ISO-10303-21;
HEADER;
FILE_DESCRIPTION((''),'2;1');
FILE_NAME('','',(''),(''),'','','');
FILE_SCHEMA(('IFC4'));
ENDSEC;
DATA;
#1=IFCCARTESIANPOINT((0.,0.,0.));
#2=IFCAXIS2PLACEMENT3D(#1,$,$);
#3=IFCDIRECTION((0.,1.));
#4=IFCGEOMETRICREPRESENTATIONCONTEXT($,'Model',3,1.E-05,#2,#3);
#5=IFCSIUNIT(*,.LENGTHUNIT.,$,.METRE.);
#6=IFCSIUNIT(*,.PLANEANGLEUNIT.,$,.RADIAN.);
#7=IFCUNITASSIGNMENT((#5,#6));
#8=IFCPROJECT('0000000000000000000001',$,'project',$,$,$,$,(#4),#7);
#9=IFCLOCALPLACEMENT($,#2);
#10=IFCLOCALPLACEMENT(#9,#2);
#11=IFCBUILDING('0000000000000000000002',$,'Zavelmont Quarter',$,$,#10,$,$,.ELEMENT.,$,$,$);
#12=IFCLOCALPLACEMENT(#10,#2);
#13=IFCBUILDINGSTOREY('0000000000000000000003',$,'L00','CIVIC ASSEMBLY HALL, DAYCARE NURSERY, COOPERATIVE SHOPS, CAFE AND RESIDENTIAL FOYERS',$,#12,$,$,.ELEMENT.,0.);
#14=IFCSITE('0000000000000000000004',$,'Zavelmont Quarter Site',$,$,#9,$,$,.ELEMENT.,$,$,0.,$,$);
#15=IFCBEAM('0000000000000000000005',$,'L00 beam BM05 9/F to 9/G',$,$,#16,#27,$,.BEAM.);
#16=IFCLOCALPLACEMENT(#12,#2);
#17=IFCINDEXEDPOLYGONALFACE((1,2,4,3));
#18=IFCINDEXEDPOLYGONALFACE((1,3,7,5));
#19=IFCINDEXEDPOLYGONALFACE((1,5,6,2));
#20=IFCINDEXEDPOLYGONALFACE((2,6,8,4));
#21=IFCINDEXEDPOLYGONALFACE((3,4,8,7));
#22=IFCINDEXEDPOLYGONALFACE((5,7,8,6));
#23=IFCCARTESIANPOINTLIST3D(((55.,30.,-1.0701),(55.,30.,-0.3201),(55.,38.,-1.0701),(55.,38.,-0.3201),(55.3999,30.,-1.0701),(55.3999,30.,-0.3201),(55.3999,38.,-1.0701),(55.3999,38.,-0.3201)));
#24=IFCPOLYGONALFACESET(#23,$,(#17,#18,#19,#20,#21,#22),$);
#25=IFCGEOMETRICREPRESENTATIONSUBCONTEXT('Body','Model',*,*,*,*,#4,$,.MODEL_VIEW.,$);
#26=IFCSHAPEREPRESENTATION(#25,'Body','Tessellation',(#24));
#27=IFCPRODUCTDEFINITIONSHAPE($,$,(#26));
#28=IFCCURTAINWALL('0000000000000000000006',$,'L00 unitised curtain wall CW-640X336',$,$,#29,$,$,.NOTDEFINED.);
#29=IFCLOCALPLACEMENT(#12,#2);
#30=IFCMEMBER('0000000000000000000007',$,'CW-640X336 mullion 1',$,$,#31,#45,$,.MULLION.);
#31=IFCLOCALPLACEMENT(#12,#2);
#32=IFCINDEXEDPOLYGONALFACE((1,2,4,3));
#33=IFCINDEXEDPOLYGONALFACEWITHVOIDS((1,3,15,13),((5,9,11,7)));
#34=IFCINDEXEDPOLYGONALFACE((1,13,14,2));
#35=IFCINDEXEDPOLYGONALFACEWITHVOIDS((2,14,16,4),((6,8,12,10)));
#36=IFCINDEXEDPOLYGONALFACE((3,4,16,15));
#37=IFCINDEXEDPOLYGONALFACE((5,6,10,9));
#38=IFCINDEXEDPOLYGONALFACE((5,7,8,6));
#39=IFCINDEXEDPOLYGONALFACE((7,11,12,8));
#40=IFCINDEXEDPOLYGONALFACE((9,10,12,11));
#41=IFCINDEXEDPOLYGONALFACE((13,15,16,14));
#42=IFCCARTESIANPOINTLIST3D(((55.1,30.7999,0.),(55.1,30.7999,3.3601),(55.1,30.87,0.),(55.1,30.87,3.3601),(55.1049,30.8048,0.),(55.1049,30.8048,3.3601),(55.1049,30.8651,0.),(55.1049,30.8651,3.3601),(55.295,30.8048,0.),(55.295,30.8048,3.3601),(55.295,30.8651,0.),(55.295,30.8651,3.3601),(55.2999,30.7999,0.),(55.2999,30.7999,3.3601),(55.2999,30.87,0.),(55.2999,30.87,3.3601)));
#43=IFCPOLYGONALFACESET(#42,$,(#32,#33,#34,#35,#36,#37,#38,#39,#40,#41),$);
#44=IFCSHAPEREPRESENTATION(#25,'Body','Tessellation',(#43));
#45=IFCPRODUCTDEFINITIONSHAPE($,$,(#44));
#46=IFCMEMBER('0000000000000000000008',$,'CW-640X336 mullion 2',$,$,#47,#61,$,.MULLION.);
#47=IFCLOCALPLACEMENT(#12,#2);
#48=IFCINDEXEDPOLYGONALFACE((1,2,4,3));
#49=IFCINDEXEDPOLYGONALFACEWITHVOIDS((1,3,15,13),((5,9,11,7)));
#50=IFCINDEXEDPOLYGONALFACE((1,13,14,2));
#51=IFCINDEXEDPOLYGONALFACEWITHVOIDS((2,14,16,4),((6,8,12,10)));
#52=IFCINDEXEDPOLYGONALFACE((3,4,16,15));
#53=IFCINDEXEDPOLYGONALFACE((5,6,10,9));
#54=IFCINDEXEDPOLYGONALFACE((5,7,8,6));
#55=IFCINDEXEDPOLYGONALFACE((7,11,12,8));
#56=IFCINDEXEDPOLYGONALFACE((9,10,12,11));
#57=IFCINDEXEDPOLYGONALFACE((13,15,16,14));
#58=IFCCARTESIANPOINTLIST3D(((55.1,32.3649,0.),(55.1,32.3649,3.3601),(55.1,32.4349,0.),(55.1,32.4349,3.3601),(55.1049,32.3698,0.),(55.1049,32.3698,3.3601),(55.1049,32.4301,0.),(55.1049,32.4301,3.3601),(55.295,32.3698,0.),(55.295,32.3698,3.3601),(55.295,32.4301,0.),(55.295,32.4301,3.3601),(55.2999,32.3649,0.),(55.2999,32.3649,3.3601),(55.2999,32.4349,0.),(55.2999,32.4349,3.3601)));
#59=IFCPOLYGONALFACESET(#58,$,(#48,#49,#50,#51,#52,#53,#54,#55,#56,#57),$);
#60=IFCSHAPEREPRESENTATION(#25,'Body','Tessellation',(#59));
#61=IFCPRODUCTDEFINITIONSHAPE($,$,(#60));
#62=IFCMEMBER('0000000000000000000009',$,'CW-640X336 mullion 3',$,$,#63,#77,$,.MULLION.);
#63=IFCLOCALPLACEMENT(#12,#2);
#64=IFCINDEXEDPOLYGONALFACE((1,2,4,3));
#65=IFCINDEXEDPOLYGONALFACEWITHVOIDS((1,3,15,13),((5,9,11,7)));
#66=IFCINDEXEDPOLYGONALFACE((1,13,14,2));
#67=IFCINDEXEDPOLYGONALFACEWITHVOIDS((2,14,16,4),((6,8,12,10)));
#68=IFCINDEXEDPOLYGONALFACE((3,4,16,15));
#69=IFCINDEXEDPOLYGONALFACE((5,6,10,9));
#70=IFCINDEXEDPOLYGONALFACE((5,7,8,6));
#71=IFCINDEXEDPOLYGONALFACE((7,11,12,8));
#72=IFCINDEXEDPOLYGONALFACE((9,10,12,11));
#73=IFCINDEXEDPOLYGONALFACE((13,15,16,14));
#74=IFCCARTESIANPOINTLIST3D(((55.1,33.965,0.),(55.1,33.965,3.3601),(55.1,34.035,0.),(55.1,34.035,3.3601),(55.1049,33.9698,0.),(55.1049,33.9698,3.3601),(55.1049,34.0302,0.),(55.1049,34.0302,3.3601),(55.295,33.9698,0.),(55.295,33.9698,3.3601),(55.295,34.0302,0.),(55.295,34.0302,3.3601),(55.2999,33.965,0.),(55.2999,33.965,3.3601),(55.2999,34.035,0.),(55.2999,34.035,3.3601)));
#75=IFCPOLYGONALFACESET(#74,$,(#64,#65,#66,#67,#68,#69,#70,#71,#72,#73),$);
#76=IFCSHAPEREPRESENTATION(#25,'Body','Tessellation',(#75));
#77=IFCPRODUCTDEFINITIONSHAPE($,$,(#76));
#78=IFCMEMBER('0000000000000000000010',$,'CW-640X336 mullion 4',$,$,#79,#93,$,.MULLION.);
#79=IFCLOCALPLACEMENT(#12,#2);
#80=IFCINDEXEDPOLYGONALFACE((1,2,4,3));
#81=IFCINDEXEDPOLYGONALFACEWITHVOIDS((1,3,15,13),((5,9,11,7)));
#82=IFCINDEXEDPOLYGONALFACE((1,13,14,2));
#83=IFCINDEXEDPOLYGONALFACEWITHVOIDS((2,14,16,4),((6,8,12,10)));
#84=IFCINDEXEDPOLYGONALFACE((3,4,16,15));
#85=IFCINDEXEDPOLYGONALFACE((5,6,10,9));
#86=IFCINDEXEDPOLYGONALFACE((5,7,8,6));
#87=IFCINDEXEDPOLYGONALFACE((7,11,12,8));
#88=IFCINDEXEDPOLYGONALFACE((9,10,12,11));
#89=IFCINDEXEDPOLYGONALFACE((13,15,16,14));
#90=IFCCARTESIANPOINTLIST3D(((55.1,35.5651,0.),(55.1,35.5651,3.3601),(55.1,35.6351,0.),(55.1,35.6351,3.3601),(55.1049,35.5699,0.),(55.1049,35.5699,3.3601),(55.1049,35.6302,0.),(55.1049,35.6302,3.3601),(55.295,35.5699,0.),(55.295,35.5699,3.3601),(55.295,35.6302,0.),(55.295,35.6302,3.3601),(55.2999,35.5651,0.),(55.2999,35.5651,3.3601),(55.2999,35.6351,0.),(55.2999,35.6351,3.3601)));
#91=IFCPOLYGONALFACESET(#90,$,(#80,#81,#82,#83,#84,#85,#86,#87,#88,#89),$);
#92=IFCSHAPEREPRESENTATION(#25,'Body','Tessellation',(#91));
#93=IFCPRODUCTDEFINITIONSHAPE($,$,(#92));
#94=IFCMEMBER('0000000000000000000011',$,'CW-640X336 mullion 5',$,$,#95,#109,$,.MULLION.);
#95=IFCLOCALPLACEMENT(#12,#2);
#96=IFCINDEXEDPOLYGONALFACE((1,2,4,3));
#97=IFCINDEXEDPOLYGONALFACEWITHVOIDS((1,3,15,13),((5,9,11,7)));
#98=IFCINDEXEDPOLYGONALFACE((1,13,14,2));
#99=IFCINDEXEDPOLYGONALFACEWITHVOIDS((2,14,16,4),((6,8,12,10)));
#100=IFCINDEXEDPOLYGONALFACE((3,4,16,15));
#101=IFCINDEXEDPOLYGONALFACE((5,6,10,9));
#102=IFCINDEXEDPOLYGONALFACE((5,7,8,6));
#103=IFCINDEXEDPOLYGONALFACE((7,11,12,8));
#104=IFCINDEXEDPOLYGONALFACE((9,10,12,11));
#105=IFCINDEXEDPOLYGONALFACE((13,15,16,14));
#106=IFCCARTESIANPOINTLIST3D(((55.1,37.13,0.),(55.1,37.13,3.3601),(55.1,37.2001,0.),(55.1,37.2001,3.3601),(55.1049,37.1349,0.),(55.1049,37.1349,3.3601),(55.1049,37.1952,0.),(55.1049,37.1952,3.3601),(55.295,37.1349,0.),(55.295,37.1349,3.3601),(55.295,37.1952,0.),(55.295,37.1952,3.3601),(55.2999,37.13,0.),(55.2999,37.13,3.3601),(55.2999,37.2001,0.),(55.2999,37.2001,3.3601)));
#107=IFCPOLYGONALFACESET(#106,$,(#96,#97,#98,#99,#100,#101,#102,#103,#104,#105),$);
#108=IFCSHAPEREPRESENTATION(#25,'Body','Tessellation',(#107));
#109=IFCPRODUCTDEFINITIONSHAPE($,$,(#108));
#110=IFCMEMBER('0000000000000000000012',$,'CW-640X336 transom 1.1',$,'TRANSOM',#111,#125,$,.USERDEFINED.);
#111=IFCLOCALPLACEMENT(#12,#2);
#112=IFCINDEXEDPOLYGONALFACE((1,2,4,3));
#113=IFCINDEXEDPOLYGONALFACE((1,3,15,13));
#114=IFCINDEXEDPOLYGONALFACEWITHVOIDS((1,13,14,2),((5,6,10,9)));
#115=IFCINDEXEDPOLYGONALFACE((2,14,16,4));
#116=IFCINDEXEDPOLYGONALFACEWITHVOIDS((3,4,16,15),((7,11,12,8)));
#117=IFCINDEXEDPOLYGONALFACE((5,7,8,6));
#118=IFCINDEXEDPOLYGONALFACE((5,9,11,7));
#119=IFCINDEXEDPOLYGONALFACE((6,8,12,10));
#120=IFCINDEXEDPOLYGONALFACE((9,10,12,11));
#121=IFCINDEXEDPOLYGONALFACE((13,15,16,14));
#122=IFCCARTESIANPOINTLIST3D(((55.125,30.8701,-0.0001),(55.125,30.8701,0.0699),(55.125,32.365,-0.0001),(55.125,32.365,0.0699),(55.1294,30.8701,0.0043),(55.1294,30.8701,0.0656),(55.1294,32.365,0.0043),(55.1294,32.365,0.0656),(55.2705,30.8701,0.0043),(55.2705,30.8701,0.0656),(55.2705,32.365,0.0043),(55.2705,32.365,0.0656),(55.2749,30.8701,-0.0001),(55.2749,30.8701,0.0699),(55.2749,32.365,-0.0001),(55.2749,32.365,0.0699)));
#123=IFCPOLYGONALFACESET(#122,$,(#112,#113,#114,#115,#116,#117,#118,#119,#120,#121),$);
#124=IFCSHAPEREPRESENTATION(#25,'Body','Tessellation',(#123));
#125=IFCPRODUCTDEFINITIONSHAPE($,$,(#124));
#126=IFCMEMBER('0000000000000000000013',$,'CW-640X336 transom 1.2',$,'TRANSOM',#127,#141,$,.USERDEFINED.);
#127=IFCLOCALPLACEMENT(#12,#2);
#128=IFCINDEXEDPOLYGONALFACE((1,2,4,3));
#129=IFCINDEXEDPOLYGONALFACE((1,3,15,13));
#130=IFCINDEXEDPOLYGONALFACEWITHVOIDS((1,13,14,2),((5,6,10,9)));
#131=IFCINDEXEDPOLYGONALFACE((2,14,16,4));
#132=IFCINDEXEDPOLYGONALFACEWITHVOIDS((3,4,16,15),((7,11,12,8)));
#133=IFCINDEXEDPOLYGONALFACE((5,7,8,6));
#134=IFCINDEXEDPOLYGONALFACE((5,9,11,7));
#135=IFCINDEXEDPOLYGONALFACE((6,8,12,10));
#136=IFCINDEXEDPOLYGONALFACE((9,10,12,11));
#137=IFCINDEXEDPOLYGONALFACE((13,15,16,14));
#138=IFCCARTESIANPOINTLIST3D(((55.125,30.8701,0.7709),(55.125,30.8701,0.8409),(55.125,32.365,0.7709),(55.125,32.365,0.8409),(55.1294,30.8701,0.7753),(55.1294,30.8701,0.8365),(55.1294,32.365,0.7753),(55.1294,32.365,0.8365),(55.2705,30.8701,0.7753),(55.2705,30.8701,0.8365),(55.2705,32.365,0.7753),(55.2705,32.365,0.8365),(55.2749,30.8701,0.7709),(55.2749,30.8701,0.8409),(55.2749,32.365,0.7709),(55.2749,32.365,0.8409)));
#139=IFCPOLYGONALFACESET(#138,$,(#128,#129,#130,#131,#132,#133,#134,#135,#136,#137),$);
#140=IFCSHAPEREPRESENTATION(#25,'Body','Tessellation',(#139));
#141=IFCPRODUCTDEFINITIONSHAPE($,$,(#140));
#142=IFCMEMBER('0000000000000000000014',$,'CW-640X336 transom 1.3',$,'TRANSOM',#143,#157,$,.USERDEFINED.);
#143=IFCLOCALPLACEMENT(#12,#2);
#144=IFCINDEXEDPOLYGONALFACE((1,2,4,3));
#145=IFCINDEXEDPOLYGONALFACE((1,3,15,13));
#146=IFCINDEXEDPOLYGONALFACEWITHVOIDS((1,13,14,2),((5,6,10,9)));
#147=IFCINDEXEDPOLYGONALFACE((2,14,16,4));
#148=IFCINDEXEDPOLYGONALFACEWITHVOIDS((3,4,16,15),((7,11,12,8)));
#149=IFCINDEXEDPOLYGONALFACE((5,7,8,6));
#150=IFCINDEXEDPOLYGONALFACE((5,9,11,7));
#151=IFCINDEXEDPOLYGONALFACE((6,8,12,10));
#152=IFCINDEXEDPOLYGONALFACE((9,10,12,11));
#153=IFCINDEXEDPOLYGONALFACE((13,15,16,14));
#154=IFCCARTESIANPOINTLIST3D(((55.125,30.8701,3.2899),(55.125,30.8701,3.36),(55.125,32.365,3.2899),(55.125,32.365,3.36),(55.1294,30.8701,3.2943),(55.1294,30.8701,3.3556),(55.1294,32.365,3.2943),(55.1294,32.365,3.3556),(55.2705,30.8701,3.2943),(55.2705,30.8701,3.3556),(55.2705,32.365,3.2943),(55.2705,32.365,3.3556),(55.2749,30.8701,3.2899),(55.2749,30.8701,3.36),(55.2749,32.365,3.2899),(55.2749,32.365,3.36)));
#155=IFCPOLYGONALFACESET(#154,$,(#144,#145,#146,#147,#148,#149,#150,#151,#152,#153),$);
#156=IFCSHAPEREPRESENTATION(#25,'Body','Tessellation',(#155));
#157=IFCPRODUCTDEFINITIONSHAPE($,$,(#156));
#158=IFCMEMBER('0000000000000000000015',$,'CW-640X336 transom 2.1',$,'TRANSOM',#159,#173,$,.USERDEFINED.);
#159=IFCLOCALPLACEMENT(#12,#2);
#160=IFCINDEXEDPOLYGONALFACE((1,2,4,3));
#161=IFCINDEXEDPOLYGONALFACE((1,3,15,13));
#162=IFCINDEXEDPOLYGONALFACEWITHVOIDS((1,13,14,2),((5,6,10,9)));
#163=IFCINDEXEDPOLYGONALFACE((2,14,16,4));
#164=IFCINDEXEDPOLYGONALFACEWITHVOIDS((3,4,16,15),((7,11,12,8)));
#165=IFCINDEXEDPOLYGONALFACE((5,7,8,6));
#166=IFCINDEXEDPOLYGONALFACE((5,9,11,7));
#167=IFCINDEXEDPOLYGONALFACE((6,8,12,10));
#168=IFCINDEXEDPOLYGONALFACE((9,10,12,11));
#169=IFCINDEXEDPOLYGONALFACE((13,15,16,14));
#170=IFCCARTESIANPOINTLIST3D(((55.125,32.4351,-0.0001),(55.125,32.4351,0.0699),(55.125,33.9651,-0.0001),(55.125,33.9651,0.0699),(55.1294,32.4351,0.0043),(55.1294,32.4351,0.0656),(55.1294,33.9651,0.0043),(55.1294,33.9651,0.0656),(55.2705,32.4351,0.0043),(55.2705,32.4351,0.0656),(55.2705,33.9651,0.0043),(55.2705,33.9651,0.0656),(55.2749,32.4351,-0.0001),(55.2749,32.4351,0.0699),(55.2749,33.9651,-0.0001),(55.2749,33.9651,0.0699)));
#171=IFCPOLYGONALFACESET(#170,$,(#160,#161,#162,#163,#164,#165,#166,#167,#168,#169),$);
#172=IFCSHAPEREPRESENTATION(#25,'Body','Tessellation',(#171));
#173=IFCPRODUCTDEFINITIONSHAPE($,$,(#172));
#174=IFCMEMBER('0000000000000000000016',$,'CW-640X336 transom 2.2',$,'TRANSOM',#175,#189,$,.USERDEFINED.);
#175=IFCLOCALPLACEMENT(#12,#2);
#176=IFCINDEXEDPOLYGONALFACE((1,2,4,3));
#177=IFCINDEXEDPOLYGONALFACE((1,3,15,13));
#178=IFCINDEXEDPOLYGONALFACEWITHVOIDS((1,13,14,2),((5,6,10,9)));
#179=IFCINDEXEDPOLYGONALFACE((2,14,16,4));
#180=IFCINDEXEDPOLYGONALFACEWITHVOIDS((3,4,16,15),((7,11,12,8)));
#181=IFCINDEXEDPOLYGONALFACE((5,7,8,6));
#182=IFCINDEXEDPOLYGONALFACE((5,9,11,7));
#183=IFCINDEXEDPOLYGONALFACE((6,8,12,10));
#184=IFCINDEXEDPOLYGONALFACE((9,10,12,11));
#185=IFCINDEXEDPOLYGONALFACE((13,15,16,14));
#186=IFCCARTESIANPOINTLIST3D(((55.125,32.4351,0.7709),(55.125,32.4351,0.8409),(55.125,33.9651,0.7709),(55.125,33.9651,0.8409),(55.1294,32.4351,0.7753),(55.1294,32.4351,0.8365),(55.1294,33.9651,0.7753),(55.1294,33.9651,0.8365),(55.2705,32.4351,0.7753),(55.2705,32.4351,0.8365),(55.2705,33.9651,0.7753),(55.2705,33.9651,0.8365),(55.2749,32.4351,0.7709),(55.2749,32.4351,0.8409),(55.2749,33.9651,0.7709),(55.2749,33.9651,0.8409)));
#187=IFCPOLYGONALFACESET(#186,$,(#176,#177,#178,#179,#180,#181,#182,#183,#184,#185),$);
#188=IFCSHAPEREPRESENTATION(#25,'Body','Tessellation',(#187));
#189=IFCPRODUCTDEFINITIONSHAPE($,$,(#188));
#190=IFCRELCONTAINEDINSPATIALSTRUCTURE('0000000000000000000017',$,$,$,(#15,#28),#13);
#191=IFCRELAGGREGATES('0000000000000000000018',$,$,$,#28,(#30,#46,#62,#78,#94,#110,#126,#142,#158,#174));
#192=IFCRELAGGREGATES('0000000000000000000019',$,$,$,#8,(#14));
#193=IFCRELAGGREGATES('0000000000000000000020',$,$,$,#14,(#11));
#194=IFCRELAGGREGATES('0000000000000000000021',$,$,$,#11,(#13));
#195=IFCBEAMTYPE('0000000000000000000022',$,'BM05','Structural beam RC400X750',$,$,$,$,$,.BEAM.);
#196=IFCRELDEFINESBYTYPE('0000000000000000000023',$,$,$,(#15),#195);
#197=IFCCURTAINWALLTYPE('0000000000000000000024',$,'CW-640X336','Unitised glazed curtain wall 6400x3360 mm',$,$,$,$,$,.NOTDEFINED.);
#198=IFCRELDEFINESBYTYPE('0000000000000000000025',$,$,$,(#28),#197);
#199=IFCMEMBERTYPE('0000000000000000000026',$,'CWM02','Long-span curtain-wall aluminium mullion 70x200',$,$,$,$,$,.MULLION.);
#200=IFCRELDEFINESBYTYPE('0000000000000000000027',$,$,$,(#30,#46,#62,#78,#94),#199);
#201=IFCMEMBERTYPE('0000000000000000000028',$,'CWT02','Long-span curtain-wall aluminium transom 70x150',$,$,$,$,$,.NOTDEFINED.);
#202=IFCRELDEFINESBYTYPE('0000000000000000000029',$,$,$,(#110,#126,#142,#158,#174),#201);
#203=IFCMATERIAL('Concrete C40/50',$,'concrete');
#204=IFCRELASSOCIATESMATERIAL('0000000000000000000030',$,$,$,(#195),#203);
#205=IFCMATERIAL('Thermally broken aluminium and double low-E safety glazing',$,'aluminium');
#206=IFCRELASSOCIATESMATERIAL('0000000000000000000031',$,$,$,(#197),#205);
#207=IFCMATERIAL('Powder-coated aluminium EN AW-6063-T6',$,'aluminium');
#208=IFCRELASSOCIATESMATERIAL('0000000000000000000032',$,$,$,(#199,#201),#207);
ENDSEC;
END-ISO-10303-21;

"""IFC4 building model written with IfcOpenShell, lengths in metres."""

from ifc_helpers import new_model, si_unit, direction, frame, origin, origin_2d, place, context, subcontext, project, spatial, rectangle, hollow_rectangle, extrude, material, material_profile, profile_set, type_object, element, aggregate, save


model = new_model("IFC4")

# Units and contexts
model_context = context("Model", 3, precision=1e-05, world=origin(), true_north=direction((0.0, 1.0)))
body_context = subcontext(model_context, "Body", "Model", "MODEL_VIEW")
ifc_project = project(units=[si_unit("LENGTHUNIT", "METRE"), si_unit("PLANEANGLEUNIT", "RADIAN")], contexts=[model_context])

# Site, building, storey
site_placement = place(None, origin())
site = spatial("IfcSite", under=ifc_project, at=site_placement, Name="Zavelmont Quarter Site", CompositionType="ELEMENT", RefElevation=0.0)
building_placement = place(site_placement, origin())
building = spatial("IfcBuilding", under=site, at=building_placement, Name="Zavelmont Quarter", CompositionType="ELEMENT")
storey_placement = place(building_placement, origin())
storey = spatial("IfcBuildingStorey", under=building, at=storey_placement, Name="L00", Description="CIVIC ASSEMBLY HALL, DAYCARE NURSERY, COOPERATIVE SHOPS, CAFE AND RESIDENTIAL FOYERS", CompositionType="ELEMENT", Elevation=0.0)

# Beam
ifc_material_1 = material(Name="Concrete C40/50", Category="concrete")
ifc_material_profile_1 = material_profile(ifc_material_1, rectangle(XDim=0.3999, YDim=0.75, at=origin_2d()), Name="RC400X750")
ifc_profile_set_1 = profile_set([ifc_material_profile_1], Name="Concrete C40/50")
beam_type = type_object("IfcBeamType", Name="BM05", Description="Structural beam RC400X750", PredefinedType="BEAM", material=ifc_profile_set_1)
beam_placement = place(storey_placement, frame((55.2, 30.0, -0.6951), z_axis=(0.0, 1.0, 0.0), x_axis=(-1.0, 0.0, 0.0)))
element("IfcBeam", 1, at=beam_placement, inside=storey, type_object=beam_type, Name="L00 beam BM05 9/F to 9/G", PredefinedType="BEAM", context=body_context, shape_type="SweptSolid", body=[
    extrude(rectangle(XDim=0.3999, YDim=0.75, at=origin_2d()), origin(), (0.0, 0.0, 1.0), 8.0),
])

# Curtain wall, members
ifc_material_2 = material(Name="Thermally broken aluminium and double low-E safety glazing", Category="aluminium")
curtain_wall_type = type_object("IfcCurtainWallType", Name="CW-640X336", Description="Unitised glazed curtain wall 6400x3360 mm", PredefinedType="NOTDEFINED", material=ifc_material_2)
curtain_wall_placement = place(storey_placement, origin())
curtain_wall = element("IfcCurtainWall", 2, at=curtain_wall_placement, inside=storey, type_object=curtain_wall_type, Name="L00 unitised curtain wall CW-640X336", PredefinedType="NOTDEFINED")
ifc_material_3 = material(Name="Powder-coated aluminium EN AW-6063-T6", Category="aluminium")
ifc_material_profile_2 = material_profile(ifc_material_3, hollow_rectangle(XDim=0.0701, YDim=0.2, WallThickness=0.0049, at=origin_2d()), Name="CWM70X200")
ifc_profile_set_2 = profile_set([ifc_material_profile_2], Name="Powder-coated aluminium EN AW-6063-T6")
member_type_1 = type_object("IfcMemberType", Name="CWM02", Description="Long-span curtain-wall aluminium mullion 70x200", PredefinedType="MULLION", material=ifc_profile_set_2)
member_1_placement = place(storey_placement, frame((55.2, 30.835, 0.0), z_axis=(0.0, 0.0, 1.0), x_axis=(0.0, 1.0, 0.0)))
member_1 = element("IfcMember", 3, at=member_1_placement, type_object=member_type_1, Name="CW-640X336 mullion 1", PredefinedType="MULLION", context=body_context, shape_type="SweptSolid", body=[
    extrude(hollow_rectangle(XDim=0.0701, YDim=0.2, WallThickness=0.0049, at=origin_2d()), origin(), (0.0, 0.0, 1.0), 3.3601),
])
member_2_placement = place(storey_placement, frame((55.2, 32.3999, 0.0), z_axis=(0.0, 0.0, 1.0), x_axis=(0.0, 1.0, 0.0)))
member_2 = element("IfcMember", 4, at=member_2_placement, type_object=member_type_1, Name="CW-640X336 mullion 2", PredefinedType="MULLION", context=body_context, shape_type="SweptSolid", body=[
    extrude(hollow_rectangle(XDim=0.0701, YDim=0.2, WallThickness=0.0049, at=origin_2d()), origin(), (0.0, 0.0, 1.0), 3.3601),
])
member_3_placement = place(storey_placement, frame((55.2, 34.0, 0.0), z_axis=(0.0, 0.0, 1.0), x_axis=(0.0, 1.0, 0.0)))
member_3 = element("IfcMember", 5, at=member_3_placement, type_object=member_type_1, Name="CW-640X336 mullion 3", PredefinedType="MULLION", context=body_context, shape_type="SweptSolid", body=[
    extrude(hollow_rectangle(XDim=0.0701, YDim=0.2, WallThickness=0.0049, at=origin_2d()), origin(), (0.0, 0.0, 1.0), 3.3601),
])
member_4_placement = place(storey_placement, frame((55.2, 35.6001, 0.0), z_axis=(0.0, 0.0, 1.0), x_axis=(0.0, 1.0, 0.0)))
member_4 = element("IfcMember", 6, at=member_4_placement, type_object=member_type_1, Name="CW-640X336 mullion 4", PredefinedType="MULLION", context=body_context, shape_type="SweptSolid", body=[
    extrude(hollow_rectangle(XDim=0.0701, YDim=0.2, WallThickness=0.0049, at=origin_2d()), origin(), (0.0, 0.0, 1.0), 3.3601),
])
member_5_placement = place(storey_placement, frame((55.2, 37.165, 0.0), z_axis=(0.0, 0.0, 1.0), x_axis=(0.0, 1.0, 0.0)))
member_5 = element("IfcMember", 7, at=member_5_placement, type_object=member_type_1, Name="CW-640X336 mullion 5", PredefinedType="MULLION", context=body_context, shape_type="SweptSolid", body=[
    extrude(hollow_rectangle(XDim=0.0701, YDim=0.2, WallThickness=0.0049, at=origin_2d()), origin(), (0.0, 0.0, 1.0), 3.3601),
])
ifc_material_profile_3 = material_profile(ifc_material_3, hollow_rectangle(XDim=0.1499, YDim=0.0701, WallThickness=0.0044, at=origin_2d()), Name="CWT70X150")
ifc_profile_set_3 = profile_set([ifc_material_profile_3], Name="Powder-coated aluminium EN AW-6063-T6")
member_type_2 = type_object("IfcMemberType", Name="CWT02", Description="Long-span curtain-wall aluminium transom 70x150", PredefinedType="NOTDEFINED", material=ifc_profile_set_3)
member_6_placement = place(storey_placement, frame((55.2, 30.8701, 0.0349), z_axis=(0.0, 1.0, 0.0), x_axis=(-1.0, 0.0, 0.0)))
member_6 = element("IfcMember", 8, at=member_6_placement, type_object=member_type_2, Name="CW-640X336 transom 1.1", ObjectType="TRANSOM", PredefinedType="USERDEFINED", context=body_context, shape_type="SweptSolid", body=[
    extrude(hollow_rectangle(XDim=0.1499, YDim=0.0701, WallThickness=0.0044, at=origin_2d()), origin(), (0.0, 0.0, 1.0), 1.4949),
])
member_7_placement = place(storey_placement, frame((55.2, 30.8701, 0.8059), z_axis=(0.0, 1.0, 0.0), x_axis=(-1.0, 0.0, 0.0)))
member_7 = element("IfcMember", 9, at=member_7_placement, type_object=member_type_2, Name="CW-640X336 transom 1.2", ObjectType="TRANSOM", PredefinedType="USERDEFINED", context=body_context, shape_type="SweptSolid", body=[
    extrude(hollow_rectangle(XDim=0.1499, YDim=0.0701, WallThickness=0.0044, at=origin_2d()), origin(), (0.0, 0.0, 1.0), 1.4949),
])
member_8_placement = place(storey_placement, frame((55.2, 30.8701, 3.325), z_axis=(0.0, 1.0, 0.0), x_axis=(-1.0, 0.0, 0.0)))
member_8 = element("IfcMember", 10, at=member_8_placement, type_object=member_type_2, Name="CW-640X336 transom 1.3", ObjectType="TRANSOM", PredefinedType="USERDEFINED", context=body_context, shape_type="SweptSolid", body=[
    extrude(hollow_rectangle(XDim=0.1499, YDim=0.0701, WallThickness=0.0044, at=origin_2d()), origin(), (0.0, 0.0, 1.0), 1.4949),
])
member_9_placement = place(storey_placement, frame((55.2, 32.4351, 0.0349), z_axis=(0.0, 1.0, 0.0), x_axis=(-1.0, 0.0, 0.0)))
member_9 = element("IfcMember", 11, at=member_9_placement, type_object=member_type_2, Name="CW-640X336 transom 2.1", ObjectType="TRANSOM", PredefinedType="USERDEFINED", context=body_context, shape_type="SweptSolid", body=[
    extrude(hollow_rectangle(XDim=0.1499, YDim=0.0701, WallThickness=0.0044, at=origin_2d()), origin(), (0.0, 0.0, 1.0), 1.53),
])
member_10_placement = place(storey_placement, frame((55.2, 32.4351, 0.8059), z_axis=(0.0, 1.0, 0.0), x_axis=(-1.0, 0.0, 0.0)))
member_10 = element("IfcMember", 12, at=member_10_placement, type_object=member_type_2, Name="CW-640X336 transom 2.2", ObjectType="TRANSOM", PredefinedType="USERDEFINED", context=body_context, shape_type="SweptSolid", body=[
    extrude(hollow_rectangle(XDim=0.1499, YDim=0.0701, WallThickness=0.0044, at=origin_2d()), origin(), (0.0, 0.0, 1.0), 1.53),
])
aggregate(curtain_wall, [member_1, member_2, member_3, member_4, member_5, member_6, member_7, member_8, member_9, member_10])

save(model, "model.ifc")
